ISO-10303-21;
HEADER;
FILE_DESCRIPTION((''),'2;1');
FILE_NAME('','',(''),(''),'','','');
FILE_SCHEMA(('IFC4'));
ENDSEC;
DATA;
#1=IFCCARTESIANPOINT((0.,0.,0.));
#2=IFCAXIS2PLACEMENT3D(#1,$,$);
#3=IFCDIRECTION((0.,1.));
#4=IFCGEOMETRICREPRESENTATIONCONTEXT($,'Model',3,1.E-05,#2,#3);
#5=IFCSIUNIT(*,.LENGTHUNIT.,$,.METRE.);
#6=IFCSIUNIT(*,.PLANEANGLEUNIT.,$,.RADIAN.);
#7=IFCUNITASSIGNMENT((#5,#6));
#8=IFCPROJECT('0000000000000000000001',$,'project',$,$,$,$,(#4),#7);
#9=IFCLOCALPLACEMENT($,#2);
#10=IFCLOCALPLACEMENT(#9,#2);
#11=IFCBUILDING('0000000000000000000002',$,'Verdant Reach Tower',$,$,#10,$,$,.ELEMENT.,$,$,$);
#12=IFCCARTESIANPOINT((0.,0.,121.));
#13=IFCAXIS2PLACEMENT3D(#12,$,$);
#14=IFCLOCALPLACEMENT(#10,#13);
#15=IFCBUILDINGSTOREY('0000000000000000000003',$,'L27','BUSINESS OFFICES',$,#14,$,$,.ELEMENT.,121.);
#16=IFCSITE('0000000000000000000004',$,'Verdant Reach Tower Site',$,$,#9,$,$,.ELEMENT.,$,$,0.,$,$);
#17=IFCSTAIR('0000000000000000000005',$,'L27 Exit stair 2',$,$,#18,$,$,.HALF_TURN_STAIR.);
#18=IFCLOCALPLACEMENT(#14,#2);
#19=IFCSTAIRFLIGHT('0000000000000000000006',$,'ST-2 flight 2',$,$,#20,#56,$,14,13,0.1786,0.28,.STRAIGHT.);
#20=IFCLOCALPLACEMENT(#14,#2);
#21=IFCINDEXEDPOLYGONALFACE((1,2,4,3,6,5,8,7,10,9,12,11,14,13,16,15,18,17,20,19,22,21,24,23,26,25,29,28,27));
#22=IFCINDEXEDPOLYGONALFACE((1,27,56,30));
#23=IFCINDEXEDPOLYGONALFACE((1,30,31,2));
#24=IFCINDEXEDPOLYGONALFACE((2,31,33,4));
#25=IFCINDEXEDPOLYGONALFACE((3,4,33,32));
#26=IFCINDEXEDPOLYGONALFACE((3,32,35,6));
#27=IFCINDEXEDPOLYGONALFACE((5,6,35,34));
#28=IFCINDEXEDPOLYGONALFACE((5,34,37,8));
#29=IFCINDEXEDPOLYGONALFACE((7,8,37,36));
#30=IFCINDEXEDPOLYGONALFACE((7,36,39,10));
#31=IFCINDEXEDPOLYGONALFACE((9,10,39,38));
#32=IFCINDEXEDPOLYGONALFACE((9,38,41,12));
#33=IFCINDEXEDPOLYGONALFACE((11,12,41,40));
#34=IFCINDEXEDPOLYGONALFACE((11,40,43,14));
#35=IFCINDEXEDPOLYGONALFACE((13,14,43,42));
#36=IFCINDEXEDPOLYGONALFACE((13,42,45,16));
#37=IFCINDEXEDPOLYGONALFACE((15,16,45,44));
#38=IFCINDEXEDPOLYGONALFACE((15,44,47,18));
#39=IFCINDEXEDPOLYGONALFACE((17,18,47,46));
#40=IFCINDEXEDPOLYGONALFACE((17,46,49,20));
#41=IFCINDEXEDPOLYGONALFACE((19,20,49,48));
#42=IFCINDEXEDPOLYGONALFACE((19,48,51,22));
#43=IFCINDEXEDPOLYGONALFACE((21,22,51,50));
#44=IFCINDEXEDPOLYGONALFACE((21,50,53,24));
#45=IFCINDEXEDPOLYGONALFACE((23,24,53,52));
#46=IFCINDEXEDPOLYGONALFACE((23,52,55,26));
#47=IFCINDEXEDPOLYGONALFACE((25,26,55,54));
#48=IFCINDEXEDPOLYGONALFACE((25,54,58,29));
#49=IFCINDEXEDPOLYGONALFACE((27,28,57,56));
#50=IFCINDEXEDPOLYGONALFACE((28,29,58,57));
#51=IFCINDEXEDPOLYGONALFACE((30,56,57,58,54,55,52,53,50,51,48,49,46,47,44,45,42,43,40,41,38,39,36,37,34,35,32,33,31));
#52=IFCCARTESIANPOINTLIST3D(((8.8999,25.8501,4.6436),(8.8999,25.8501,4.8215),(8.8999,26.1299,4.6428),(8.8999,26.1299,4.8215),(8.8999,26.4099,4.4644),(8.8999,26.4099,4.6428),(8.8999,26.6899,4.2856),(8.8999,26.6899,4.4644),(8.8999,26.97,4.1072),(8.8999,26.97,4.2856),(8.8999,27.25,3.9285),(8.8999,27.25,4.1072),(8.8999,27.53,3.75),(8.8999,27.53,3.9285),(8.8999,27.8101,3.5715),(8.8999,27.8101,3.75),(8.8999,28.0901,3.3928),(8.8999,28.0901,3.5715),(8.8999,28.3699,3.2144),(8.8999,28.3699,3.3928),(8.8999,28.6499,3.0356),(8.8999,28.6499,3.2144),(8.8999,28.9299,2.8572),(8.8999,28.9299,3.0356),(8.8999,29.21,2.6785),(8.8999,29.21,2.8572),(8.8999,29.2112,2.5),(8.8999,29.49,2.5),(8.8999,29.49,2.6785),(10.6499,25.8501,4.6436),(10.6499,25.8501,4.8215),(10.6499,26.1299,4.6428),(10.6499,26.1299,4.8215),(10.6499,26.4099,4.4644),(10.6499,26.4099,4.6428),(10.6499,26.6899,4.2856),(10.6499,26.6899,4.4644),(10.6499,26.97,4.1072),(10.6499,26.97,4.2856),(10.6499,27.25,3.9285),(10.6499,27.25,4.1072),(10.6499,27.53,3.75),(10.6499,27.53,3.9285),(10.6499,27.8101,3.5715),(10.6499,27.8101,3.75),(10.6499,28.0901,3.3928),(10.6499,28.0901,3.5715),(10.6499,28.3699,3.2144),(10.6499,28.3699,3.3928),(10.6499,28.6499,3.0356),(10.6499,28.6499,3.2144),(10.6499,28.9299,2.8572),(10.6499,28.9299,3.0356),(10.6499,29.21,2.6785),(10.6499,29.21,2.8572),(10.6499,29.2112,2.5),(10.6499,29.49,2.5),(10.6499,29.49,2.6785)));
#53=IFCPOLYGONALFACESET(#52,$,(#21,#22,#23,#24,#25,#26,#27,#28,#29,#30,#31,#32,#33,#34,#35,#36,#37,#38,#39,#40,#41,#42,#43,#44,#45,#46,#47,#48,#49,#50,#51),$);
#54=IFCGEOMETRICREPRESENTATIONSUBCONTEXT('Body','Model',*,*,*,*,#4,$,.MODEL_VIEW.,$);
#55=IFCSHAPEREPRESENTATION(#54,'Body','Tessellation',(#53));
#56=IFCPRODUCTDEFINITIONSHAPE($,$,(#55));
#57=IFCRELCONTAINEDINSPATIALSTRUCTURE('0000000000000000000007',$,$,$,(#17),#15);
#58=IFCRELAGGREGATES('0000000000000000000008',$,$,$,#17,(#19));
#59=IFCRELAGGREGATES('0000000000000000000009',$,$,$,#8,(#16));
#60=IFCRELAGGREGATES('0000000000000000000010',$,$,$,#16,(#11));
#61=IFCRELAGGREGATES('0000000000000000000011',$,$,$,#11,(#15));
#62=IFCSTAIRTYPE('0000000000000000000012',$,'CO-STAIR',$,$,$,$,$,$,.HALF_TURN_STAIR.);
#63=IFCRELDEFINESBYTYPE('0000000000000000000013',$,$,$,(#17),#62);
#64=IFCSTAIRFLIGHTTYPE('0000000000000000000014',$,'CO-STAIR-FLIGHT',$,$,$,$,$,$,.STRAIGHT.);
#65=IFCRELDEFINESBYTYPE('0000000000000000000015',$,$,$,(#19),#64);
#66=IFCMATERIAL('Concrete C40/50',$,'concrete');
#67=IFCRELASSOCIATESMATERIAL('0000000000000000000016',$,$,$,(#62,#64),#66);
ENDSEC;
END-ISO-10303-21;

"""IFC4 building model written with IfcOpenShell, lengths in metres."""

from ifc_helpers import new_model, si_unit, direction, frame, origin, place, context, subcontext, project, spatial, polyline, outline, extrude, material, type_object, element, aggregate, save


model = new_model("IFC4")

# Units and contexts
model_context = context("Model", 3, precision=1e-05, world=origin(), true_north=direction((0.0, 1.0)))
body_context = subcontext(model_context, "Body", "Model", "MODEL_VIEW")
ifc_project = project(units=[si_unit("LENGTHUNIT", "METRE"), si_unit("PLANEANGLEUNIT", "RADIAN")], contexts=[model_context])

# Site, building, storey
site_placement = place(None, origin())
site = spatial("IfcSite", under=ifc_project, at=site_placement, Name="Verdant Reach Tower Site", CompositionType="ELEMENT", RefElevation=0.0)
building_placement = place(site_placement, origin())
building = spatial("IfcBuilding", under=site, at=building_placement, Name="Verdant Reach Tower", CompositionType="ELEMENT")
storey_placement = place(building_placement, frame((0.0, 0.0, 121.0)))
storey = spatial("IfcBuildingStorey", under=building, at=storey_placement, Name="L27", Description="BUSINESS OFFICES", CompositionType="ELEMENT", Elevation=121.0)

# Shared definitions
ifc_material_1 = material(Name="Concrete C40/50", Category="concrete")

# Stair, stair flight
stair_type = type_object("IfcStairType", Name="CO-STAIR", PredefinedType="HALF_TURN_STAIR", material=ifc_material_1)
stair_placement = place(storey_placement, origin())
stair = element("IfcStair", 1, at=stair_placement, inside=storey, type_object=stair_type, Name="L27 Exit stair 2", PredefinedType="HALF_TURN_STAIR")
stair_flight_type = type_object("IfcStairFlightType", Name="CO-STAIR-FLIGHT", PredefinedType="STRAIGHT", material=ifc_material_1)
stair_flight_1_placement = place(storey_placement, frame((9.7749, 29.49, 2.5), z_axis=(0.0, 0.0, 1.0), x_axis=(0.0, -1.0, 0.0)))
stair_flight_1 = element("IfcStairFlight", 2, at=stair_flight_1_placement, type_object=stair_flight_type, Name="ST-2 flight 2", NumberOfRisers=14, NumberOfTreads=13, PredefinedType="STRAIGHT", RiserHeight=0.1786, TreadLength=0.28, context=body_context, shape_type="SweptSolid", body=[
    extrude(outline(polyline([(0.0, 0.0), (0.0, 0.1785), (0.28, 0.1785), (0.28, 0.3572), (0.5601, 0.3572), (0.5601, 0.5356), (0.8401, 0.5356), (0.8401, 0.7144), (1.1201, 0.7144), (1.1201, 0.8928), (1.3999, 0.8928), (1.3999, 1.0715), (1.6799, 1.0715), (1.6799, 1.25), (1.96, 1.25), (1.96, 1.4285), (2.24, 1.4285), (2.24, 1.6072), (2.52, 1.6072), (2.52, 1.7856), (2.8, 1.7856), (2.8, 1.9644), (3.0801, 1.9644), (3.0801, 2.1428), (3.3601, 2.1428), (3.3601, 2.3215), (3.6399, 2.3215), (3.6399, 2.5), (3.6399, 2.1436), (0.2788, 0.0), (0.0, 0.0)])), frame((0.0, 0.875, 0.0), z_axis=(0.0, -1.0, 0.0), x_axis=(1.0, 0.0, 0.0)), (0.0, 0.0, 1.0), 1.75),
])
aggregate(stair, [stair_flight_1])

save(model, "model.ifc")
